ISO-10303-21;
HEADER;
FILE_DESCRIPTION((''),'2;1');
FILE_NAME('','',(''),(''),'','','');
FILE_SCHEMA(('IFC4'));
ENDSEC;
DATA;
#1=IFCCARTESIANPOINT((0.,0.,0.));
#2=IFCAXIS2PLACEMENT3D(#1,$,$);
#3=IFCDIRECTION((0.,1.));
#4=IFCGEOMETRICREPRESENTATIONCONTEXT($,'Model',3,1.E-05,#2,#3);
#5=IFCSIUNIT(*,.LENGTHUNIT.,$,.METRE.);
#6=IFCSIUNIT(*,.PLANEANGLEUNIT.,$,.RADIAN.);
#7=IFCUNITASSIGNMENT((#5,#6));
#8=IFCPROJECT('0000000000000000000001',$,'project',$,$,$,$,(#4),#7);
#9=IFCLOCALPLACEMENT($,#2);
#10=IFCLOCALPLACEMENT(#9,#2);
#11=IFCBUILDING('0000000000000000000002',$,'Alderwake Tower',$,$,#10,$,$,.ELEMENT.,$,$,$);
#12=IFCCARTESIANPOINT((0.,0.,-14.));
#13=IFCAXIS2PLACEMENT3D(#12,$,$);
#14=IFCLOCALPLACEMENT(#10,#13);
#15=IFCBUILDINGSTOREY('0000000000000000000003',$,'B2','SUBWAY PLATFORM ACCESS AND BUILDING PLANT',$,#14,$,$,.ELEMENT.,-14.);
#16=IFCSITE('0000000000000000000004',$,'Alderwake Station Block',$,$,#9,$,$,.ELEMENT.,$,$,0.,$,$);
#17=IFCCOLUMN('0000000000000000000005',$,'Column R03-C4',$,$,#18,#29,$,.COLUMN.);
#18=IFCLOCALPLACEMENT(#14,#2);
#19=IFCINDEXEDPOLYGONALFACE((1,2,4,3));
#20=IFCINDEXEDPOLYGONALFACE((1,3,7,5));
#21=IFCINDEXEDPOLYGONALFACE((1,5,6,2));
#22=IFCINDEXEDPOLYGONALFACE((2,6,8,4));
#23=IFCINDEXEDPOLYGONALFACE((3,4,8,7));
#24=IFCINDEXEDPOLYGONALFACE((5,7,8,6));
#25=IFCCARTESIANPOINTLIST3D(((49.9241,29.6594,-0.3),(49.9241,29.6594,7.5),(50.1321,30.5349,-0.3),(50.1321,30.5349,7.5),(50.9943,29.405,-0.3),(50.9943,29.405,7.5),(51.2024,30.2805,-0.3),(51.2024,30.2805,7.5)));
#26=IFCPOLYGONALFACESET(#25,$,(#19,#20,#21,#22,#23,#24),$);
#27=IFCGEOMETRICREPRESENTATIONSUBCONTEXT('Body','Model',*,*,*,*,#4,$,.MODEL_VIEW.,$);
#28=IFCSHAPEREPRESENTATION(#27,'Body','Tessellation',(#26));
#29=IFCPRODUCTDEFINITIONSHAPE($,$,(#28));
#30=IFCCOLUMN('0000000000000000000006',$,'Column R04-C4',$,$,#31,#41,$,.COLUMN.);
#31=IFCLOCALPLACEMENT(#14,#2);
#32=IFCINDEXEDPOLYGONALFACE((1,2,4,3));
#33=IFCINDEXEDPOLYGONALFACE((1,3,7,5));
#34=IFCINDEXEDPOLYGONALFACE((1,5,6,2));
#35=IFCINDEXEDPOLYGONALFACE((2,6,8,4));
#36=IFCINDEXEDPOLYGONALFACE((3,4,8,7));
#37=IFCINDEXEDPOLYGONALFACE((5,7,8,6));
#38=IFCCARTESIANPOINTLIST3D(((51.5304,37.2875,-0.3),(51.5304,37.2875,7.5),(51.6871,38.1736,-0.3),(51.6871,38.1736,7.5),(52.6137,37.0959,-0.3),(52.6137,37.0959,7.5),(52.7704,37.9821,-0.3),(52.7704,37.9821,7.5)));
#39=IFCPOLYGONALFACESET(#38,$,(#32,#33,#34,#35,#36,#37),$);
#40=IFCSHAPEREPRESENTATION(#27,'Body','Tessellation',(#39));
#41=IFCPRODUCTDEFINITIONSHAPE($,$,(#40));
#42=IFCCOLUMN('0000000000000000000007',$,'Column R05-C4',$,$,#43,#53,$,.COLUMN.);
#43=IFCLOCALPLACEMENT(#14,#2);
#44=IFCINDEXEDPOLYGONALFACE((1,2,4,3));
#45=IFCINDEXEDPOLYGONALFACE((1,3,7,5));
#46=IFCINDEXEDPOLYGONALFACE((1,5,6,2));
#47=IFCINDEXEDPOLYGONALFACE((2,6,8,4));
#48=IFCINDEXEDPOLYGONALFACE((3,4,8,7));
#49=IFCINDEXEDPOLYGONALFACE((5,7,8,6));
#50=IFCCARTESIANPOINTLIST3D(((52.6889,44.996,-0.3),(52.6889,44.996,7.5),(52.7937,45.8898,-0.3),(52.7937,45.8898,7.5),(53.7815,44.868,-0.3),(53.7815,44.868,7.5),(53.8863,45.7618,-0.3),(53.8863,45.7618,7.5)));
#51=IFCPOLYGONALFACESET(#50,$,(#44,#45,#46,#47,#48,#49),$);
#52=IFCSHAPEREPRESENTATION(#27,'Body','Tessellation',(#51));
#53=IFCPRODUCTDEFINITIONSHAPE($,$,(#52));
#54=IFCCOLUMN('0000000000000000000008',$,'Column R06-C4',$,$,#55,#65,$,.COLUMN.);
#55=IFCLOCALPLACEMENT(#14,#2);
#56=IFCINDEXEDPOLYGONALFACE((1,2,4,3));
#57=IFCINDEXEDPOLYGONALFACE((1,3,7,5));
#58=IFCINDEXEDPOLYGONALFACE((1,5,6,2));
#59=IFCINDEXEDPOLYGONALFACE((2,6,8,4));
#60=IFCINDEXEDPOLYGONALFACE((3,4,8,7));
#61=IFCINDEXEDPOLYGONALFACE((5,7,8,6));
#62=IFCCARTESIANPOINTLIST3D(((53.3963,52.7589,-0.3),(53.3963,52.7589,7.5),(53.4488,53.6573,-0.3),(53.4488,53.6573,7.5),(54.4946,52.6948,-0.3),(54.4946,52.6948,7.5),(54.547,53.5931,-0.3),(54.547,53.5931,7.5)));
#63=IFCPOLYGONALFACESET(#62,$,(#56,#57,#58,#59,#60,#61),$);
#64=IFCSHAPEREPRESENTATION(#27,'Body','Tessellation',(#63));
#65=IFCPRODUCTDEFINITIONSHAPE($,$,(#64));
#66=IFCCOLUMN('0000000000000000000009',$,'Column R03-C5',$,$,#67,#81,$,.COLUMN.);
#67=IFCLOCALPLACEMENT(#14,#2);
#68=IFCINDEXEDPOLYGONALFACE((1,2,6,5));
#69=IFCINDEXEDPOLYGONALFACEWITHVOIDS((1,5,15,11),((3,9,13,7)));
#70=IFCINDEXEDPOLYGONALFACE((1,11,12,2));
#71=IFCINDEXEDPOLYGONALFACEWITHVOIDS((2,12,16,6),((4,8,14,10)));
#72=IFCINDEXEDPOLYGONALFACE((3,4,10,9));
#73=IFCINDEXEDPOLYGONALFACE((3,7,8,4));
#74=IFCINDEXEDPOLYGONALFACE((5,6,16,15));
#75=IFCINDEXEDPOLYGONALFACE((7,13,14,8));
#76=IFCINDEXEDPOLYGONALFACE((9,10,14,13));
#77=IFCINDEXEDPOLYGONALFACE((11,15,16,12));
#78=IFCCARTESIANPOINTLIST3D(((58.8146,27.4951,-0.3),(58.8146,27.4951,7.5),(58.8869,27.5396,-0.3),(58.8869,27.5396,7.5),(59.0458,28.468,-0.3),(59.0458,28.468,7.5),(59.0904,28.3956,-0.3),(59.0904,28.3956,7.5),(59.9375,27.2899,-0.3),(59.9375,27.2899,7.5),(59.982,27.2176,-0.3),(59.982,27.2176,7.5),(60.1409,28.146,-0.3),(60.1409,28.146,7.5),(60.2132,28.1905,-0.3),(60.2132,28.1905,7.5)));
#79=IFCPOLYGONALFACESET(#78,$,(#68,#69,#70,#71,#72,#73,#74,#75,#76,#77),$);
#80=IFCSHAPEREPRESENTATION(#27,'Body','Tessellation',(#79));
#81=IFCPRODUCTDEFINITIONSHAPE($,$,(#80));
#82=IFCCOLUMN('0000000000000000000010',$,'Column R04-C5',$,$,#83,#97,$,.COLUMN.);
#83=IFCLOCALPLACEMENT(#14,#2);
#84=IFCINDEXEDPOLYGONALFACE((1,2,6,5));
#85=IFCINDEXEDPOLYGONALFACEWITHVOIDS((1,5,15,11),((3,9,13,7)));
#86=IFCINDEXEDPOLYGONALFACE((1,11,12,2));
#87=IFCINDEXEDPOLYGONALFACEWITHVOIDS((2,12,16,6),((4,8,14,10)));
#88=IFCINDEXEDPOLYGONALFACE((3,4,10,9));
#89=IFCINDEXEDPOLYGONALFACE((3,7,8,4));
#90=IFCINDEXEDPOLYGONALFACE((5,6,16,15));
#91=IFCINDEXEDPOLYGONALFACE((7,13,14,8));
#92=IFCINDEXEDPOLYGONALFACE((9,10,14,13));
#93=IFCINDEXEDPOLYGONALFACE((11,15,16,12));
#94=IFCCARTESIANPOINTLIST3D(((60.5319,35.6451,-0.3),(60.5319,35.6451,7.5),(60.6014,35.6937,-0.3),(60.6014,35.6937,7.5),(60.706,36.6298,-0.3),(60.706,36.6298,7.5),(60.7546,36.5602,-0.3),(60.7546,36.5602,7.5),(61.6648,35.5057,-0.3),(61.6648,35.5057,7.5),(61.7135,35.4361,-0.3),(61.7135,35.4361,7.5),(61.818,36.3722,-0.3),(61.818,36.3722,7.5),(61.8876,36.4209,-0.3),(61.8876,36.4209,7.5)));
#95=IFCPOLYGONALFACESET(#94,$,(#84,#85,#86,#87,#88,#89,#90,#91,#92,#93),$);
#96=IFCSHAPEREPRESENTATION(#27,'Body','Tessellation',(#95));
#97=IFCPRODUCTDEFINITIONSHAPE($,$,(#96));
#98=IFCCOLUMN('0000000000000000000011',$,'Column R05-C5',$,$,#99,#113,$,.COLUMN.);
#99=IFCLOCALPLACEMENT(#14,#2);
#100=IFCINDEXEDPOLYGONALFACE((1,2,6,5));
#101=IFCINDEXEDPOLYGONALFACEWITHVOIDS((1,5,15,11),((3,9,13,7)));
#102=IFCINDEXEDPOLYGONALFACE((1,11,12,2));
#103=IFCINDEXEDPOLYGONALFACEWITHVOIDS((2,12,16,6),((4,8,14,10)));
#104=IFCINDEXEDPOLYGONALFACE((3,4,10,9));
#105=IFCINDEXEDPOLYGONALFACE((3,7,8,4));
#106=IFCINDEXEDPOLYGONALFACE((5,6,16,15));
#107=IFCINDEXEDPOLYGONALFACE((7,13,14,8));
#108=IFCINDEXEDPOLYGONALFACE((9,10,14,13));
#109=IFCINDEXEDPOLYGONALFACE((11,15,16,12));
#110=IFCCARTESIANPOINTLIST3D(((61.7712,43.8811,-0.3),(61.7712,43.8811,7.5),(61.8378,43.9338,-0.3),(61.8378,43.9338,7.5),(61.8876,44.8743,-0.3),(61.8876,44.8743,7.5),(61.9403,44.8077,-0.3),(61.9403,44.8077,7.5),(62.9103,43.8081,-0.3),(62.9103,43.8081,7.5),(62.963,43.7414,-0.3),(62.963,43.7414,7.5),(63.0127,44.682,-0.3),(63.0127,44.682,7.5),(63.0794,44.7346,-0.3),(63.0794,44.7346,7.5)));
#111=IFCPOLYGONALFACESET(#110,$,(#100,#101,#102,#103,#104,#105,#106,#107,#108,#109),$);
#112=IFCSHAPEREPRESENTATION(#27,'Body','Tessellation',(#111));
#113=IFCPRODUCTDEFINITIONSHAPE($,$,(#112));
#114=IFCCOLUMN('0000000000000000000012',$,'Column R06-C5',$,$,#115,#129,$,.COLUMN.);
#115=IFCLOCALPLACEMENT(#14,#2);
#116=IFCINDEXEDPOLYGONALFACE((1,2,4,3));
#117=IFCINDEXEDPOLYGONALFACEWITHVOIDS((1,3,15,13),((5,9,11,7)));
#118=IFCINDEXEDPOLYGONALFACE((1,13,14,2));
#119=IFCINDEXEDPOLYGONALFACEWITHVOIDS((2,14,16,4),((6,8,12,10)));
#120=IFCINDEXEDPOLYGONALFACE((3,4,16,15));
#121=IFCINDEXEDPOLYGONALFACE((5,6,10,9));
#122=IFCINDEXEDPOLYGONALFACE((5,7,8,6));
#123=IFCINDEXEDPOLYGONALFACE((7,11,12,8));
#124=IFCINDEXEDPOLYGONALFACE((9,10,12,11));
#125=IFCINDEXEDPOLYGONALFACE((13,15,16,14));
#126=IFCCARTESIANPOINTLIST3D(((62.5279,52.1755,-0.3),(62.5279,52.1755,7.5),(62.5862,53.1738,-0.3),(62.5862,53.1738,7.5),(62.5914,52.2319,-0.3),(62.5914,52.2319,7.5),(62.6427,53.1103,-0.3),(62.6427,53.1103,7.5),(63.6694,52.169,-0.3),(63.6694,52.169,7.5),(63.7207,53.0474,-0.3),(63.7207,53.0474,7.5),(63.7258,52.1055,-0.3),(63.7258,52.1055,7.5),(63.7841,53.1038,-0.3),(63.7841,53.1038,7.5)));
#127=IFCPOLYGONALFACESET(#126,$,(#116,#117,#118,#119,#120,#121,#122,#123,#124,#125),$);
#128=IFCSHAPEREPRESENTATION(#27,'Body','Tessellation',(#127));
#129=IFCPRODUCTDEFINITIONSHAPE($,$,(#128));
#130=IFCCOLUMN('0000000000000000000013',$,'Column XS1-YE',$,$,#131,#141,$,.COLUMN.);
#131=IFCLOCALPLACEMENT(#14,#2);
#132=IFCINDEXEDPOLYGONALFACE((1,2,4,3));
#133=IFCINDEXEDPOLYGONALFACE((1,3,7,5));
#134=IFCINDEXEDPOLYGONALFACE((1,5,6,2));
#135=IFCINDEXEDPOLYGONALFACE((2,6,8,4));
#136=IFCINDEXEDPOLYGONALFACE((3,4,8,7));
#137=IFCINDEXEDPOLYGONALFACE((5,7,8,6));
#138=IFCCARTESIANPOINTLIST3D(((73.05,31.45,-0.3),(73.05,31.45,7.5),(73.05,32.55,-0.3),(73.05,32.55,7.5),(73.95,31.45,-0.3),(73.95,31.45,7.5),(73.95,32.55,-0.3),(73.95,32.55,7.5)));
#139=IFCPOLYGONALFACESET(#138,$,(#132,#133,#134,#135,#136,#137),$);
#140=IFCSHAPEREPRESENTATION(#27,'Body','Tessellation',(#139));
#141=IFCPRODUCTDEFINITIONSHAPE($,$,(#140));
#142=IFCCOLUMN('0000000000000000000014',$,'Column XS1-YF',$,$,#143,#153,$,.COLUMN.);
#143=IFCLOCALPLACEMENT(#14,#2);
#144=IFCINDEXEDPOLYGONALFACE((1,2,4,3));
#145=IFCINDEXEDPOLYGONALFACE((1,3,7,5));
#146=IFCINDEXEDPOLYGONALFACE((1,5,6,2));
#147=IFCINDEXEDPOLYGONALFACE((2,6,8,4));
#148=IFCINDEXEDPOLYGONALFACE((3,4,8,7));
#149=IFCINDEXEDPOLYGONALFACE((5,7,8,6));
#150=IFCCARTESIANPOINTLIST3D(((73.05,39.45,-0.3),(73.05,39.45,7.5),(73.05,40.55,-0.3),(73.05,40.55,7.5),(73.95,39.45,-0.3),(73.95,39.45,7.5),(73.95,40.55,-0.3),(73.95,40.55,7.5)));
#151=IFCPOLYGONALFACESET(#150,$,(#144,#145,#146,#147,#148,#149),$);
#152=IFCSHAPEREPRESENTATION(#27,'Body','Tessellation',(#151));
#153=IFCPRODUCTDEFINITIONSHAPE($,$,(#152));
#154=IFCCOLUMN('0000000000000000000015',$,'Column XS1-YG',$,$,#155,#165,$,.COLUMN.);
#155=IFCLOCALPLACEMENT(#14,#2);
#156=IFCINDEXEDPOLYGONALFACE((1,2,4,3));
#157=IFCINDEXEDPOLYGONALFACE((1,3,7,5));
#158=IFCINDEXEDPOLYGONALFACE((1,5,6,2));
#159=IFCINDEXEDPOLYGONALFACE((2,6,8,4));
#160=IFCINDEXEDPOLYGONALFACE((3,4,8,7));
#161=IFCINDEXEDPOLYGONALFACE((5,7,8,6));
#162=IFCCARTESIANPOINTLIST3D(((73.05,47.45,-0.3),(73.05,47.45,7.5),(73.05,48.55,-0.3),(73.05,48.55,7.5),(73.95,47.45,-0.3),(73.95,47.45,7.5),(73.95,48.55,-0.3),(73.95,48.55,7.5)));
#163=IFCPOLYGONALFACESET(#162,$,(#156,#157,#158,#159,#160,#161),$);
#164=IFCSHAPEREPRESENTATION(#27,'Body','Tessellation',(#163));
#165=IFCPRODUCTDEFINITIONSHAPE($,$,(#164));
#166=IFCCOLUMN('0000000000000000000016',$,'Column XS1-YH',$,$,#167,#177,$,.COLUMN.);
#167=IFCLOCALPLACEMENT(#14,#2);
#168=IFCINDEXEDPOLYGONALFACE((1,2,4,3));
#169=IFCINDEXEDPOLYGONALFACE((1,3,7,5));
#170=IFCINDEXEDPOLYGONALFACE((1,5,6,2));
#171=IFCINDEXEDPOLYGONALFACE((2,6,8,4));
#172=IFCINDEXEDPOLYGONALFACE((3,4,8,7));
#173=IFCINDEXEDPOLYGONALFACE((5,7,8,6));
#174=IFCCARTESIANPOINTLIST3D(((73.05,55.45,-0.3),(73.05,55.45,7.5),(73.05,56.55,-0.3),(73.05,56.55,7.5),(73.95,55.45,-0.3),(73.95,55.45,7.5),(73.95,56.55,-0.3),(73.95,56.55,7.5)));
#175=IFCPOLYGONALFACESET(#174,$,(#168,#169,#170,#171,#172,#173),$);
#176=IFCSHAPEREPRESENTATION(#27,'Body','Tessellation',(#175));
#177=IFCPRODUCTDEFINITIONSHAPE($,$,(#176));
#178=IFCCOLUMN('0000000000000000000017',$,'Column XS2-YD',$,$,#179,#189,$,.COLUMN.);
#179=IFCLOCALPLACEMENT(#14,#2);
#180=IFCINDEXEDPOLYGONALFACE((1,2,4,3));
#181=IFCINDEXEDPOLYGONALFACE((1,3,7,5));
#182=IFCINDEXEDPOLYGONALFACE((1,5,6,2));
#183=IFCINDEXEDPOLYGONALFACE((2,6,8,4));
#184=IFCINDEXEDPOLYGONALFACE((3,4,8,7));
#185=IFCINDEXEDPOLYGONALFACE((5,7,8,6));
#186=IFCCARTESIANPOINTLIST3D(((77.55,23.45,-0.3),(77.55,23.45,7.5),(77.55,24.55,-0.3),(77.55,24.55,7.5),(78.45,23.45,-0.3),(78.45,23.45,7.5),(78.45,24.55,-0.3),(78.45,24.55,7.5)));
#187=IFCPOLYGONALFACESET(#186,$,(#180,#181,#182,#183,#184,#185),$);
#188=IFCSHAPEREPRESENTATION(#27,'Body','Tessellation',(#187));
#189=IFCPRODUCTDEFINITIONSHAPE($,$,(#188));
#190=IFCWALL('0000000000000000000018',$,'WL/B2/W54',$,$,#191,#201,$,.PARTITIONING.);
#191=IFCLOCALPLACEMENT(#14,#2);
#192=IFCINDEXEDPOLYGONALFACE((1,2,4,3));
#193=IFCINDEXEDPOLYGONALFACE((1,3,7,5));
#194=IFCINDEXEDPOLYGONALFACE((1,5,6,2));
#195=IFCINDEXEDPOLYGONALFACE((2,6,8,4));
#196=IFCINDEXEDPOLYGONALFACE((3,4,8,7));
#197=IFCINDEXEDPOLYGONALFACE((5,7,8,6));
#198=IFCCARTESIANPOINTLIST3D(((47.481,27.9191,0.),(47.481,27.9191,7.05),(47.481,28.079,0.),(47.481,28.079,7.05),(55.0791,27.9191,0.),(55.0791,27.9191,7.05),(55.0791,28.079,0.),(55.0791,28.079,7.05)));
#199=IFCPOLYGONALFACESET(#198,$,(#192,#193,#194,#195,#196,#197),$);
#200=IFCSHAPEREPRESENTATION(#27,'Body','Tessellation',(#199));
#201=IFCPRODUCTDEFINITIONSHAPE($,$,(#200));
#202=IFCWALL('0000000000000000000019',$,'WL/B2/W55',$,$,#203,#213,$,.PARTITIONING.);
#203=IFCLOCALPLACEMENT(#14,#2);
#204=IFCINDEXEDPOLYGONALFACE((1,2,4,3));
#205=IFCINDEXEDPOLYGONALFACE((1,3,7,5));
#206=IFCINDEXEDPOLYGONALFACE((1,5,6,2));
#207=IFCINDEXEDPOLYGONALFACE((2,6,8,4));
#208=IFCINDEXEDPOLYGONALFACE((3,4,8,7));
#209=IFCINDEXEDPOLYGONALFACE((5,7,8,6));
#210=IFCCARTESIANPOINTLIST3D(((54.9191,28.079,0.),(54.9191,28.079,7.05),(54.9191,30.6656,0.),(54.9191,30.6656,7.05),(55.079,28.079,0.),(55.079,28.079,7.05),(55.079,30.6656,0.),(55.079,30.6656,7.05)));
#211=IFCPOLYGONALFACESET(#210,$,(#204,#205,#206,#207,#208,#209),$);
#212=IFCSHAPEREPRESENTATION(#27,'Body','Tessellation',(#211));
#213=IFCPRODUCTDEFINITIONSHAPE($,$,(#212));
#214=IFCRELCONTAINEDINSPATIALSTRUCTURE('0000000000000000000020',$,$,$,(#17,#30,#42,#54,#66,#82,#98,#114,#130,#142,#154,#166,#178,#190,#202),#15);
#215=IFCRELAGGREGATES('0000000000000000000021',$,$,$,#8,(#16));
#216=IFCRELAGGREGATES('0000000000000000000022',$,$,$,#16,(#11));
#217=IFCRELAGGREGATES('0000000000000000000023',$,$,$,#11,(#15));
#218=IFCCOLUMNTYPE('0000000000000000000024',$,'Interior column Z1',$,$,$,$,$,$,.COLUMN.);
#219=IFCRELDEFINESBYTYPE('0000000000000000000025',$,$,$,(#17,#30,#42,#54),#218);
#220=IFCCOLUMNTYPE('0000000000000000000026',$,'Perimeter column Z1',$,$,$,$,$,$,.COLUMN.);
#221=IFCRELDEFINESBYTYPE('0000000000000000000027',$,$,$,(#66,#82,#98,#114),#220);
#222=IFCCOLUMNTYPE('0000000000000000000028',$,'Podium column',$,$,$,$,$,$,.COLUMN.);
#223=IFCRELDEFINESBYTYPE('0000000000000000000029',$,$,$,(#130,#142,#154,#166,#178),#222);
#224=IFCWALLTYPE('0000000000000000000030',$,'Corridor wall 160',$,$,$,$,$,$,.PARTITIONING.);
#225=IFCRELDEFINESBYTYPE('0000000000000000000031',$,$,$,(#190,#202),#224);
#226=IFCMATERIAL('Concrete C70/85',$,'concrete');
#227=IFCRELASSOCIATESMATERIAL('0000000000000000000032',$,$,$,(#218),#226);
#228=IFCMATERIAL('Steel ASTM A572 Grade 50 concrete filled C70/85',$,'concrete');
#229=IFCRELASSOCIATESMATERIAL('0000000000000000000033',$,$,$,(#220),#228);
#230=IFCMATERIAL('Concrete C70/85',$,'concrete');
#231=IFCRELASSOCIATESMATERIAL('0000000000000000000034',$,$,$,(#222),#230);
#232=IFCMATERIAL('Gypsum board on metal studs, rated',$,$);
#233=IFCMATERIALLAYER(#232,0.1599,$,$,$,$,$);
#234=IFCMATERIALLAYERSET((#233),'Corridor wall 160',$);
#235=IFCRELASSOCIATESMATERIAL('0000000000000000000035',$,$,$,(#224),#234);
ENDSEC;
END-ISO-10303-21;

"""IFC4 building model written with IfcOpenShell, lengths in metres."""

from ifc_helpers import new_model, si_unit, direction, frame, frame_2d, origin, origin_2d, place, context, subcontext, project, spatial, rectangle, hollow_rectangle, extrude, material, layer, layer_set, material_profile, profile_set, type_object, element, save


model = new_model("IFC4")

# Units and contexts
model_context = context("Model", 3, precision=1e-05, world=origin(), true_north=direction((0.0, 1.0)))
body_context = subcontext(model_context, "Body", "Model", "MODEL_VIEW")
ifc_project = project(units=[si_unit("LENGTHUNIT", "METRE"), si_unit("PLANEANGLEUNIT", "RADIAN")], contexts=[model_context])

# Site, building, storey
site_placement = place(None, origin())
site = spatial("IfcSite", under=ifc_project, at=site_placement, Name="Alderwake Station Block", CompositionType="ELEMENT", RefElevation=0.0)
building_placement = place(site_placement, origin())
building = spatial("IfcBuilding", under=site, at=building_placement, Name="Alderwake Tower", CompositionType="ELEMENT")
storey_placement = place(building_placement, frame((0.0, 0.0, -14.0)))
storey = spatial("IfcBuildingStorey", under=building, at=storey_placement, Name="B2", Description="SUBWAY PLATFORM ACCESS AND BUILDING PLANT", CompositionType="ELEMENT", Elevation=-14.0)

# Columns
ifc_material_1 = material(Name="Concrete C70/85", Category="concrete")
ifc_material_profile_1 = material_profile(ifc_material_1, rectangle(XDim=0.8999, YDim=1.1001, at=origin_2d()), Name="RC 1100X900")
ifc_profile_set_1 = profile_set([ifc_material_profile_1], Name="Concrete C70/85")
column_type_1 = type_object("IfcColumnType", Name="Interior column Z1", PredefinedType="COLUMN", material=ifc_profile_set_1)
for number, where, z_axis, x_axis, name in (
    (1, (50.5632, 29.97, -0.3), (0.0, 0.0, 1.0), (0.231222, 0.972901, 0.0), "Column R03-C4"),
    (2, (52.1504, 37.6348, -0.3), (0.0, 0.0, 1.0), (0.174109, 0.984726, 0.0), "Column R04-C4"),
    (3, (53.2876, 45.3789, -0.3), (0.0, 0.0, 1.0), (0.116402, 0.993202, 0.0), "Column R05-C4"),
    (4, (53.9717, 53.176, -0.3), (0.0, 0.0, 1.0), (0.058301, 0.998299, 0.0), "Column R06-C4"),
):
    element("IfcColumn", number, at=place(storey_placement, frame(where, z_axis=z_axis, x_axis=x_axis)), inside=storey, type_object=column_type_1, Name=name, PredefinedType="COLUMN", context=body_context, shape_type="SweptSolid", body=[
        extrude(rectangle(XDim=0.8999, YDim=1.1001, at=origin_2d()), origin(), (0.0, 0.0, 1.0), 7.8),
    ])
ifc_material_2 = material(Name="Steel ASTM A572 Grade 50 concrete filled C70/85", Category="concrete")
ifc_material_profile_2 = material_profile(ifc_material_2, hollow_rectangle(XDim=1.0, YDim=1.2, WallThickness=0.0601, at=origin_2d()), Name="BOX 1200X1000X60")
ifc_profile_set_2 = profile_set([ifc_material_profile_2], Name="Steel ASTM A572 Grade 50 concrete filled C70/85")
column_type_2 = type_object("IfcColumnType", Name="Perimeter column Z1", PredefinedType="COLUMN", material=ifc_profile_set_2)
for number, where, z_axis, x_axis, name in (
    (5, (59.5139, 27.8428, -0.3), (0.0, 0.0, 1.0), (0.231222, 0.972901, 0.0), "Column R03-C5"),
    (6, (61.2097, 36.033, -0.3), (0.0, 0.0, 1.0), (0.174109, 0.984726, 0.0), "Column R04-C5"),
    (7, (62.4253, 44.3079, -0.3), (0.0, 0.0, 1.0), (0.116402, 0.993202, 0.0), "Column R05-C5"),
    (8, (63.156, 52.6396, -0.3), (0.0, 0.0, 1.0), (0.058301, 0.998299, 0.0), "Column R06-C5"),
):
    element("IfcColumn", number, at=place(storey_placement, frame(where, z_axis=z_axis, x_axis=x_axis)), inside=storey, type_object=column_type_2, Name=name, PredefinedType="COLUMN", context=body_context, shape_type="SweptSolid", body=[
        extrude(hollow_rectangle(XDim=1.0, YDim=1.2, WallThickness=0.0601, at=origin_2d()), origin(), (0.0, 0.0, 1.0), 7.8),
    ])
ifc_material_3 = material(Name="Concrete C70/85", Category="concrete")
ifc_material_profile_3 = material_profile(ifc_material_3, rectangle(XDim=0.8999, YDim=1.1001, at=origin_2d()), Name="RC 1100X900")
ifc_profile_set_3 = profile_set([ifc_material_profile_3], Name="Concrete C70/85")
column_type_3 = type_object("IfcColumnType", Name="Podium column", PredefinedType="COLUMN", material=ifc_profile_set_3)
for number, where, z_axis, x_axis, name in (
    (9, (73.5, 32.0, -0.3), (0.0, 0.0, 1.0), (1.0, 0.0, 0.0), "Column XS1-YE"),
    (10, (73.5, 40.0, -0.3), (0.0, 0.0, 1.0), (1.0, 0.0, 0.0), "Column XS1-YF"),
    (11, (73.5, 48.0, -0.3), (0.0, 0.0, 1.0), (1.0, 0.0, 0.0), "Column XS1-YG"),
    (12, (73.5, 56.0, -0.3), (0.0, 0.0, 1.0), (1.0, 0.0, 0.0), "Column XS1-YH"),
    (13, (78.0, 24.0, -0.3), (0.0, 0.0, 1.0), (1.0, 0.0, 0.0), "Column XS2-YD"),
):
    element("IfcColumn", number, at=place(storey_placement, frame(where, z_axis=z_axis, x_axis=x_axis)), inside=storey, type_object=column_type_3, Name=name, PredefinedType="COLUMN", context=body_context, shape_type="SweptSolid", body=[
        extrude(rectangle(XDim=0.8999, YDim=1.1001, at=origin_2d()), origin(), (0.0, 0.0, 1.0), 7.8),
    ])

# Walls
ifc_material_4 = material(Name="Gypsum board on metal studs, rated")
ifc_layer_1 = layer(ifc_material_4, 0.1599)
ifc_layer_set_1 = layer_set([ifc_layer_1], Name="Corridor wall 160")
wall_type_1 = type_object("IfcWallType", Name="Corridor wall 160", PredefinedType="PARTITIONING", material=ifc_layer_set_1)
wall_1_placement = place(storey_placement, frame((55.0791, 27.999, 0.0), z_axis=(0.0, 0.0, 1.0), x_axis=(-1.0, 0.0, 0.0)))
element("IfcWall", 14, at=wall_1_placement, inside=storey, type_object=wall_type_1, Name="WL/B2/W54", PredefinedType="PARTITIONING", context=body_context, shape_type="SweptSolid", body=[
    extrude(rectangle(XDim=7.5981, YDim=0.1599, at=frame_2d((3.7991, 0.0))), origin(), (0.0, 0.0, 1.0), 7.05),
])
wall_2_placement = place(storey_placement, frame((54.999, 30.6658, 0.0), z_axis=(0.0, 0.0, 1.0), x_axis=(0.0, -1.0, 0.0)))
element("IfcWall", 15, at=wall_2_placement, inside=storey, type_object=wall_type_1, Name="WL/B2/W55", PredefinedType="PARTITIONING", context=body_context, shape_type="SweptSolid", body=[
    extrude(rectangle(XDim=2.5867, YDim=0.1599, at=frame_2d((1.2935, 0.0))), origin(), (0.0, 0.0, 1.0), 7.05),
])

save(model, "model.ifc")
